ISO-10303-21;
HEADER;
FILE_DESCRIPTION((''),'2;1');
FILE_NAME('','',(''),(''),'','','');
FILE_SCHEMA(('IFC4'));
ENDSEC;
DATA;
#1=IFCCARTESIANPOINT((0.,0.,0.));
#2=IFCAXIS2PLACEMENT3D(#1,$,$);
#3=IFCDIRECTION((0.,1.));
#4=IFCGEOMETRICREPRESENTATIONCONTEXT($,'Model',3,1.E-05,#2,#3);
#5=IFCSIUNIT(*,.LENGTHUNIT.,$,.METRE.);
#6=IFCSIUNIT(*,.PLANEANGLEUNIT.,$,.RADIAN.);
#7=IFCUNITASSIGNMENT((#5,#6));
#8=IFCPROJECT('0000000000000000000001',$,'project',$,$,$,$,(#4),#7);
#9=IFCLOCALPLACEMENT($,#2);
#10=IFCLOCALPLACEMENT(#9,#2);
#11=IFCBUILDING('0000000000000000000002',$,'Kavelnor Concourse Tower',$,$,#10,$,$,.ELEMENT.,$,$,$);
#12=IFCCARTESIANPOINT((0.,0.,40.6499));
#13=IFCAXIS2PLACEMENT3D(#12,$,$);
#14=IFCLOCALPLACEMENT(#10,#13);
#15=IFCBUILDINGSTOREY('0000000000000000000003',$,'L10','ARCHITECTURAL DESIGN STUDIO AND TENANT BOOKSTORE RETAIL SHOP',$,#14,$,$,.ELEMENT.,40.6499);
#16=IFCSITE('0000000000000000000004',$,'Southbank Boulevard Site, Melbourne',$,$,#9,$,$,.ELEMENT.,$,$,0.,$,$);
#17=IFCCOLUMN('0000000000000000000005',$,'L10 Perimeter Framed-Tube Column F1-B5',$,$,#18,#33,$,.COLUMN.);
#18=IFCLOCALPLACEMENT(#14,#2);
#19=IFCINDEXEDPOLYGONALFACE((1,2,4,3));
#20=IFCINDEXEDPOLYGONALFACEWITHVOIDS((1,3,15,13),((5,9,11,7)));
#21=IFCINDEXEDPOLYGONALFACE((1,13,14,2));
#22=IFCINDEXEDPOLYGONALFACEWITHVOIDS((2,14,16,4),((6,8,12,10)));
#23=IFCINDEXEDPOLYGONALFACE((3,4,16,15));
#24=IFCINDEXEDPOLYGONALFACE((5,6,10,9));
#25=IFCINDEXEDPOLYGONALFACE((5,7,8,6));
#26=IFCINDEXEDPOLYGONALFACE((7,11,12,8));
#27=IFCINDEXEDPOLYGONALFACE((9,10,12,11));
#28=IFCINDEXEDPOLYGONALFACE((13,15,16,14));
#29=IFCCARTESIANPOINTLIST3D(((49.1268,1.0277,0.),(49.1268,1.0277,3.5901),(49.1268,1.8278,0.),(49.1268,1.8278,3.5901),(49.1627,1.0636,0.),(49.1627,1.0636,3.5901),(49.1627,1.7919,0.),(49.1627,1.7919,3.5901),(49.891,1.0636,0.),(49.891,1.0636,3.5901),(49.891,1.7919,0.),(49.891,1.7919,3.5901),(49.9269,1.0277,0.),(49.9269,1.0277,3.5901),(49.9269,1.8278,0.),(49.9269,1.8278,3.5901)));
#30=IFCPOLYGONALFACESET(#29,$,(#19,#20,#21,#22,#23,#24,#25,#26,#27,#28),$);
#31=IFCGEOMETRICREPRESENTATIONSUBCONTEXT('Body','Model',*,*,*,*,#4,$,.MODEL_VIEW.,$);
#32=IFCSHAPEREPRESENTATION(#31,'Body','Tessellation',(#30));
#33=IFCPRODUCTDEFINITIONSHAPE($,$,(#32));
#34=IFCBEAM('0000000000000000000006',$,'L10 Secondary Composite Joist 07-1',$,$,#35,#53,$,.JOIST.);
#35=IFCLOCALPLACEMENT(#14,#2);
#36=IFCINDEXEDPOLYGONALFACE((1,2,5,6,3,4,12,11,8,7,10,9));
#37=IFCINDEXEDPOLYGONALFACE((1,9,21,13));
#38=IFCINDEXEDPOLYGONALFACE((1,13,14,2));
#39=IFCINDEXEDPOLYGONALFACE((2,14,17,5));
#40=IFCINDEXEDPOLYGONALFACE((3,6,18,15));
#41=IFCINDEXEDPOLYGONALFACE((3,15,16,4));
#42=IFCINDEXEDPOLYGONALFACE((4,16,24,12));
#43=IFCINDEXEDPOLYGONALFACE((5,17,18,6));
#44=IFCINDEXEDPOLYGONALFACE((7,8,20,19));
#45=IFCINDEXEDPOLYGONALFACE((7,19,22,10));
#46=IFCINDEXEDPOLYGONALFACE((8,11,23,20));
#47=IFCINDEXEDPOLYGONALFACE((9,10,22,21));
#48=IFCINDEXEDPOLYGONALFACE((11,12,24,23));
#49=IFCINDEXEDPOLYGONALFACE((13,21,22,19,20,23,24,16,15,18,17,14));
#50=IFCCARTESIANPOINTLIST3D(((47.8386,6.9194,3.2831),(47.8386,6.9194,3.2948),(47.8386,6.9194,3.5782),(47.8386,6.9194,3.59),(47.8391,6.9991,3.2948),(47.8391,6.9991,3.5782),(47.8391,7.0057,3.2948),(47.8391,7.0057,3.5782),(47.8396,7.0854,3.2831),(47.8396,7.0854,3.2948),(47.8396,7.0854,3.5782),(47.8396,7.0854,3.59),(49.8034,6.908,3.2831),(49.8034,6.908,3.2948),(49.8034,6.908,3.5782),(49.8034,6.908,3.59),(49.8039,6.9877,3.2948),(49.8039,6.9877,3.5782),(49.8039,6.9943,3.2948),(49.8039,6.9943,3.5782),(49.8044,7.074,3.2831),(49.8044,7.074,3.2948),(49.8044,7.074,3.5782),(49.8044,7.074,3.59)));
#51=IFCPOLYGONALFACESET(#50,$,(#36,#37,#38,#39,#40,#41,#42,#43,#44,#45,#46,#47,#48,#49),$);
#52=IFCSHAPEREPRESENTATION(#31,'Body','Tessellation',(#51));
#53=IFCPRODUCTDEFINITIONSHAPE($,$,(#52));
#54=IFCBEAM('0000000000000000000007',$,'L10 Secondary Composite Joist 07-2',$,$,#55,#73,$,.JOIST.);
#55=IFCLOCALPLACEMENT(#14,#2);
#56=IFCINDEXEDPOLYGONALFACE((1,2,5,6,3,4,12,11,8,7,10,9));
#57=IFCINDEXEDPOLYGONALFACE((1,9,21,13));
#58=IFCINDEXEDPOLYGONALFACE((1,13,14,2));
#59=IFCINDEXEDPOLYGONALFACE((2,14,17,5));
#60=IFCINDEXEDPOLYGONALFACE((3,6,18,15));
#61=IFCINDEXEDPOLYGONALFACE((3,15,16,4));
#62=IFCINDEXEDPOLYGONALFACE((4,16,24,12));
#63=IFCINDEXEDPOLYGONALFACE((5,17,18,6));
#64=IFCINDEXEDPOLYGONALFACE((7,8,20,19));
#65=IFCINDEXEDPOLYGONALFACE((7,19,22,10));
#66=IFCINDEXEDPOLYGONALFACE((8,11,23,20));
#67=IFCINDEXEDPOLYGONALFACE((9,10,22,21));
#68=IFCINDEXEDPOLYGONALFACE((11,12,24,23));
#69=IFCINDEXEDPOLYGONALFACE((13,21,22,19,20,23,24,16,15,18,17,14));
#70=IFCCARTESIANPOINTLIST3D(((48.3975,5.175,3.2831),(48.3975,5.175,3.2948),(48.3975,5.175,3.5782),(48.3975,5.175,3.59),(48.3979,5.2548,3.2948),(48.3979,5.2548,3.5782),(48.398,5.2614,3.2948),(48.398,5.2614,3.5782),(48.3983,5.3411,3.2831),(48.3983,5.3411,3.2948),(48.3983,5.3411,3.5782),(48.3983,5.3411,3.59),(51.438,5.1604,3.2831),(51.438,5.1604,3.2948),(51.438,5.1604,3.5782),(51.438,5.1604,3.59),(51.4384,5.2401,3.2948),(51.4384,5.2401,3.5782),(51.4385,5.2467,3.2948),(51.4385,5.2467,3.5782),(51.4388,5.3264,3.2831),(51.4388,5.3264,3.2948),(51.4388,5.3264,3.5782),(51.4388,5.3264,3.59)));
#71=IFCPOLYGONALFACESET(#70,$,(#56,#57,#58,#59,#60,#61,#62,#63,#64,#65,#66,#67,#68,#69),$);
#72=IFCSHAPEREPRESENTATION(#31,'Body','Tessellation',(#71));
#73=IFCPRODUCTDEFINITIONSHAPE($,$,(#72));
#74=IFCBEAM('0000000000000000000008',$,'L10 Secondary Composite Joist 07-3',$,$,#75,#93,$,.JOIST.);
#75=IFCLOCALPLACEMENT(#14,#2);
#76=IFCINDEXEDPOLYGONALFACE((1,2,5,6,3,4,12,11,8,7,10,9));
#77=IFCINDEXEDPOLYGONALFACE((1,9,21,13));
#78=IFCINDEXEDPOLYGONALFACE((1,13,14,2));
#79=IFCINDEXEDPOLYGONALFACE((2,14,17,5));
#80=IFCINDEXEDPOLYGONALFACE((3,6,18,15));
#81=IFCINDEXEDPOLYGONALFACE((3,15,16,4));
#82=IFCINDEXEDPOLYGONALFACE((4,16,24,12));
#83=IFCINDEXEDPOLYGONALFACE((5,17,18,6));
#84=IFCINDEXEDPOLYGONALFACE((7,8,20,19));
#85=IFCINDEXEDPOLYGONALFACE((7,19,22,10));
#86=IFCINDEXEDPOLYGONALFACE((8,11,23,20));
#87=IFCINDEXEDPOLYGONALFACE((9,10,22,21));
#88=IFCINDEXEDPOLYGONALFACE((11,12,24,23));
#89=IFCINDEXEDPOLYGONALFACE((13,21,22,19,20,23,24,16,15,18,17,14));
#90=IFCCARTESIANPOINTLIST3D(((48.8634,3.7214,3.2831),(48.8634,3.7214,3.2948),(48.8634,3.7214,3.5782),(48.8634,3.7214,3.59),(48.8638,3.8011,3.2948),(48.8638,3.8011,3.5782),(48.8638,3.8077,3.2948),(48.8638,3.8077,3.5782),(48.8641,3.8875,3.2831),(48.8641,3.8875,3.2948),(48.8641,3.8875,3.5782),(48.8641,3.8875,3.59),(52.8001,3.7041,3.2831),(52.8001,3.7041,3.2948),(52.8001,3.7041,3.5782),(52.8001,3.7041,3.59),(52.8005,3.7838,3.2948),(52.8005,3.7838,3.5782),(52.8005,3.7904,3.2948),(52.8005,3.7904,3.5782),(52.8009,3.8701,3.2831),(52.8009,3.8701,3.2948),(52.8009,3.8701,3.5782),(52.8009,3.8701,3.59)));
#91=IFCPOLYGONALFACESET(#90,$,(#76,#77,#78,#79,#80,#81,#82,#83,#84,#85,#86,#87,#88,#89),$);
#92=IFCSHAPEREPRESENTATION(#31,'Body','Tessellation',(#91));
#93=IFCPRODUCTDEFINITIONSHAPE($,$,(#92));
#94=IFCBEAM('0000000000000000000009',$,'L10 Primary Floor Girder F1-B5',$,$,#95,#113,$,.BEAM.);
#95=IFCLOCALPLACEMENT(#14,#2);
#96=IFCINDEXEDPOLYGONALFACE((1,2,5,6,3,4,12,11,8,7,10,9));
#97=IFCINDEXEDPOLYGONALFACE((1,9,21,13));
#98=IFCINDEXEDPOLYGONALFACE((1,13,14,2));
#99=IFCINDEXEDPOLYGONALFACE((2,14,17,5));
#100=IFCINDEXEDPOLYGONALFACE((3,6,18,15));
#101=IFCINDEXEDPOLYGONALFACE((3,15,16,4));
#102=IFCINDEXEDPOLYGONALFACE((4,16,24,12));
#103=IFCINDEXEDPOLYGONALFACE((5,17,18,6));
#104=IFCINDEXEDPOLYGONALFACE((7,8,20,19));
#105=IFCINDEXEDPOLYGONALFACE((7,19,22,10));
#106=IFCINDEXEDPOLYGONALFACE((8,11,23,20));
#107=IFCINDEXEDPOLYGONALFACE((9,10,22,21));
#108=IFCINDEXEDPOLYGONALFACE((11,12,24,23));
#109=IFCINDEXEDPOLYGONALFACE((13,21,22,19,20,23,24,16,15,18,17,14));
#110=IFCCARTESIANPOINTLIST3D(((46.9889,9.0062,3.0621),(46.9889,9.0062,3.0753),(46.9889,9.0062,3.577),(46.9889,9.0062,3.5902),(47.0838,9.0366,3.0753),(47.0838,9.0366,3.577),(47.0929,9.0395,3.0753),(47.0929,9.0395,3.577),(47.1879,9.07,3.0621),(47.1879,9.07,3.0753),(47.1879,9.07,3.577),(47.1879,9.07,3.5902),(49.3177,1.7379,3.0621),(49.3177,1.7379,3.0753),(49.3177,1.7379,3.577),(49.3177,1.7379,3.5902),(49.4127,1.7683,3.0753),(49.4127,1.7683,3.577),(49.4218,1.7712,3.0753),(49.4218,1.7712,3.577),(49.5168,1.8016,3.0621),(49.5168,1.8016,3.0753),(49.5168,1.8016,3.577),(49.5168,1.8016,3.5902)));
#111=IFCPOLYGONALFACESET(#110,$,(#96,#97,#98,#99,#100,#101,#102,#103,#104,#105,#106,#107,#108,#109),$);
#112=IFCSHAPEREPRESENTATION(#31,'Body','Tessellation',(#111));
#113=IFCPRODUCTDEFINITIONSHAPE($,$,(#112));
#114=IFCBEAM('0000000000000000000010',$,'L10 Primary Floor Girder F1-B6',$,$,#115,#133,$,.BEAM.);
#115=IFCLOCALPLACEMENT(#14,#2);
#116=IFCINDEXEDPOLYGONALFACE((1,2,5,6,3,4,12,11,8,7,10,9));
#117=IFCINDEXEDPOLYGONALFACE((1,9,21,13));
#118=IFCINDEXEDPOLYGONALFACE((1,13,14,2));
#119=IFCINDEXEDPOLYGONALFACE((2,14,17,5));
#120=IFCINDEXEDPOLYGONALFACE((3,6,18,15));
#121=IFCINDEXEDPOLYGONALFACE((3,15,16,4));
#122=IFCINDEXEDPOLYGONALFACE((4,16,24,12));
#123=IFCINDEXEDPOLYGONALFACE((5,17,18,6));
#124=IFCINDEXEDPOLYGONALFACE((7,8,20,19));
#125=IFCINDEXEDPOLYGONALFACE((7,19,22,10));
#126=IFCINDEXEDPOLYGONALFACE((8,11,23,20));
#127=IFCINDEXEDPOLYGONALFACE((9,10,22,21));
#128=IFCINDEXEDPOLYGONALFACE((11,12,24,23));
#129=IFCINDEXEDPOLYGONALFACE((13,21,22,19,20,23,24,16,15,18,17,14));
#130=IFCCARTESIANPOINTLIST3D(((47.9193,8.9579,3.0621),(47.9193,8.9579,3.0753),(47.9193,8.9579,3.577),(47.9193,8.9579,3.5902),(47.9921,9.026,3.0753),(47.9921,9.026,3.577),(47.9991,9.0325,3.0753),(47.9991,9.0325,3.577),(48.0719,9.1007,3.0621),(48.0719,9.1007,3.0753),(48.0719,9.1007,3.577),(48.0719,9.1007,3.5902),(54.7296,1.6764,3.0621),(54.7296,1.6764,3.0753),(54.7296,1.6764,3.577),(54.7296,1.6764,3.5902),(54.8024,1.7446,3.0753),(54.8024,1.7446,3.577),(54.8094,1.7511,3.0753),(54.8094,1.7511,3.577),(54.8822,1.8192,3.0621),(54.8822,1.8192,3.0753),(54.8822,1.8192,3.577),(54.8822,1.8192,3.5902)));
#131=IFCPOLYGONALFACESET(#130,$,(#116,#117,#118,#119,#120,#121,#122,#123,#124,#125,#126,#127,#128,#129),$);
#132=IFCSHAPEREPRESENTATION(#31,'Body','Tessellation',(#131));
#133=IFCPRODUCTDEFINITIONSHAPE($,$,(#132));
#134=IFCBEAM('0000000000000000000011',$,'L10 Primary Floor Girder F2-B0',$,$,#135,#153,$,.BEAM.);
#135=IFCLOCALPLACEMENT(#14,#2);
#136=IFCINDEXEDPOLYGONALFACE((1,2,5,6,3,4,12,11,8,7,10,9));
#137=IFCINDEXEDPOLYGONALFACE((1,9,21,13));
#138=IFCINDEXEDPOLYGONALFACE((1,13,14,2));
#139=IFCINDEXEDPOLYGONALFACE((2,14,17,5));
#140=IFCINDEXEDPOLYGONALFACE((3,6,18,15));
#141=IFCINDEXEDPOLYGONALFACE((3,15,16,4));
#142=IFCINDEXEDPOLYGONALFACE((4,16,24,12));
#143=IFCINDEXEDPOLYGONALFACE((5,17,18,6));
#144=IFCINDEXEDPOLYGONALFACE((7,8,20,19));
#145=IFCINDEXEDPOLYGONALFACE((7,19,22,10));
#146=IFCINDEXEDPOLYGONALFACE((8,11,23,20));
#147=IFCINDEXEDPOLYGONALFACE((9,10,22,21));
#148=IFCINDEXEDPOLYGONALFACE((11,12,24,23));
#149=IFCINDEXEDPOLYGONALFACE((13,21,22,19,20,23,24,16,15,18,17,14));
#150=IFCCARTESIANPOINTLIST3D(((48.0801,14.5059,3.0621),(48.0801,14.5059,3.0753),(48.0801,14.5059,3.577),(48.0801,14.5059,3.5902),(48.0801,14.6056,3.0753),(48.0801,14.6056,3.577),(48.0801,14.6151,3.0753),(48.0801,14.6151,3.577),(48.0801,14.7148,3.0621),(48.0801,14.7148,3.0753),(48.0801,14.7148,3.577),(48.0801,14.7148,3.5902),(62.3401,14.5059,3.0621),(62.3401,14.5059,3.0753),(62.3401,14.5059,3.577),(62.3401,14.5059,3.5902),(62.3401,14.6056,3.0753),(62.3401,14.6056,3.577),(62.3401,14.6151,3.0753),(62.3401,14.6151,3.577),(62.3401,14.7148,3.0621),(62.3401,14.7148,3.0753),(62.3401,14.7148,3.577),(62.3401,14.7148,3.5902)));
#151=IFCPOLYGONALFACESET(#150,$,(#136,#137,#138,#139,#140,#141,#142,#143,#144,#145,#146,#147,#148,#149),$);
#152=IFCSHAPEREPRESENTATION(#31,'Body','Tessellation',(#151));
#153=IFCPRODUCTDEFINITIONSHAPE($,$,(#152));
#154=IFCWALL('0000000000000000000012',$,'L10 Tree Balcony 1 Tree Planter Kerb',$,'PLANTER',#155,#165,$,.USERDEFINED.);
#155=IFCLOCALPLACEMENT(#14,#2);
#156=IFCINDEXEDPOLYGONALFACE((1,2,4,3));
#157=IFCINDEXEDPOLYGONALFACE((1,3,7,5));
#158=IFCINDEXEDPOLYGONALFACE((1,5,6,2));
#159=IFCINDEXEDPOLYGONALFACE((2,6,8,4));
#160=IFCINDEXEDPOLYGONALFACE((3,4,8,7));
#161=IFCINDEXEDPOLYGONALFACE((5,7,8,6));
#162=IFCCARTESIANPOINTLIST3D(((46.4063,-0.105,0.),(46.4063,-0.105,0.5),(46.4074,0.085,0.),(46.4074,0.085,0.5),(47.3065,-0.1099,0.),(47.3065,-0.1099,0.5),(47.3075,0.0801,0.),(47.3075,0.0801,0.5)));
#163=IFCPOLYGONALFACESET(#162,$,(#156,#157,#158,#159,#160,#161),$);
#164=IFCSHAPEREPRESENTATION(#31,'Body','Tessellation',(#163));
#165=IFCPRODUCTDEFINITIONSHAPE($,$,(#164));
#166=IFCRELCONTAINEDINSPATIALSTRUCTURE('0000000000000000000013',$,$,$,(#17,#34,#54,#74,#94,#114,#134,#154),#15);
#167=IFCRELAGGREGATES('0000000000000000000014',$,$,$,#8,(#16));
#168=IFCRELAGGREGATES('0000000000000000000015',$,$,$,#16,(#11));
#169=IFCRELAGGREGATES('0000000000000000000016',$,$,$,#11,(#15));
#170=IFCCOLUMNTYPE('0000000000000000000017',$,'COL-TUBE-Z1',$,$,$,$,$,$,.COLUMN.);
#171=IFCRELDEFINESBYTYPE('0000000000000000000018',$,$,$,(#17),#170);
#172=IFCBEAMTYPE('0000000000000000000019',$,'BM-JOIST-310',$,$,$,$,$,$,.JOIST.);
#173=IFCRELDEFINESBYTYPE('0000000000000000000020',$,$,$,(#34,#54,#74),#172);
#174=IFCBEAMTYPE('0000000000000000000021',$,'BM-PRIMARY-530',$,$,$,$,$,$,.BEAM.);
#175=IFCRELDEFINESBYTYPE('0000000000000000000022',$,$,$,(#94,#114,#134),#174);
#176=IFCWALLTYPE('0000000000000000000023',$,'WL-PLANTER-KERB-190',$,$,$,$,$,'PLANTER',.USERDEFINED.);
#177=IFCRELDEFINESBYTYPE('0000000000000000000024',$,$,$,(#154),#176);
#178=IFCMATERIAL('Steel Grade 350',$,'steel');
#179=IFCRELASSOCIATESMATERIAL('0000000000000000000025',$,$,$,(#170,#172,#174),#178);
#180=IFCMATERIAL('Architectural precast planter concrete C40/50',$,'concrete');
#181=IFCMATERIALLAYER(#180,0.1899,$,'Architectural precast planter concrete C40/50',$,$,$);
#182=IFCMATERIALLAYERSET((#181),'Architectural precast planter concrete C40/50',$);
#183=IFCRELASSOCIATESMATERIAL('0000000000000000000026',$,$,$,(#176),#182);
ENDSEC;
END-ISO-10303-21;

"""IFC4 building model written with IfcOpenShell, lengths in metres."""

from ifc_helpers import new_model, si_unit, direction, frame, frame_2d, origin, origin_2d, place, context, subcontext, project, spatial, rectangle, hollow_rectangle, i_section, extrude, material, layer, layer_set, material_profile, profile_set, type_object, element, save


model = new_model("IFC4")

# Units and contexts
model_context = context("Model", 3, precision=1e-05, world=origin(), true_north=direction((0.0, 1.0)))
body_context = subcontext(model_context, "Body", "Model", "MODEL_VIEW")
ifc_project = project(units=[si_unit("LENGTHUNIT", "METRE"), si_unit("PLANEANGLEUNIT", "RADIAN")], contexts=[model_context])

# Site, building, storey
site_placement = place(None, origin())
site = spatial("IfcSite", under=ifc_project, at=site_placement, Name="Southbank Boulevard Site, Melbourne", CompositionType="ELEMENT", RefElevation=0.0)
building_placement = place(site_placement, origin())
building = spatial("IfcBuilding", under=site, at=building_placement, Name="Kavelnor Concourse Tower", CompositionType="ELEMENT")
storey_placement = place(building_placement, frame((0.0, 0.0, 40.6499)))
storey = spatial("IfcBuildingStorey", under=building, at=storey_placement, Name="L10", Description="ARCHITECTURAL DESIGN STUDIO AND TENANT BOOKSTORE RETAIL SHOP", CompositionType="ELEMENT", Elevation=40.6499)

# Column
ifc_material_1 = material(Name="Steel Grade 350", Category="steel")
ifc_material_profile_1 = material_profile(ifc_material_1, hollow_rectangle(XDim=0.8, YDim=0.8, WallThickness=0.0359, at=origin_2d()), Name="SHS 800x800x36")
ifc_profile_set_1 = profile_set([ifc_material_profile_1], Name="Steel Grade 350")
column_type = type_object("IfcColumnType", Name="COL-TUBE-Z1", PredefinedType="COLUMN", material=ifc_profile_set_1)
column_placement = place(storey_placement, frame((49.5269, 1.4277, 0.0), z_axis=(0.0, 0.0, 1.0), x_axis=(1.0, 0.0, 0.0)))
element("IfcColumn", 1, at=column_placement, inside=storey, type_object=column_type, Name="L10 Perimeter Framed-Tube Column F1-B5", PredefinedType="COLUMN", context=body_context, shape_type="SweptSolid", body=[
    extrude(hollow_rectangle(XDim=0.8, YDim=0.8, WallThickness=0.0359, at=origin_2d()), origin(), (0.0, 0.0, 1.0), 3.5901),
])

# Beams
ifc_material_profile_2 = material_profile(ifc_material_1, i_section(OverallWidth=0.166, OverallDepth=0.3069, WebThickness=0.0066, FlangeThickness=0.0117, at=origin_2d()), Name="310UB46")
ifc_profile_set_2 = profile_set([ifc_material_profile_2], Name="Steel Grade 350")
beam_type_1 = type_object("IfcBeamType", Name="BM-JOIST-310", PredefinedType="JOIST", material=ifc_profile_set_2)
beam_1_placement = place(storey_placement, frame((47.8391, 7.0024, 3.4365), z_axis=(0.999983, -0.00584, 0.0), x_axis=(0.00584, 0.999983, 0.0)))
element("IfcBeam", 2, at=beam_1_placement, inside=storey, type_object=beam_type_1, Name="L10 Secondary Composite Joist 07-1", PredefinedType="JOIST", context=body_context, shape_type="SweptSolid", body=[
    extrude(i_section(OverallWidth=0.166, OverallDepth=0.3069, WebThickness=0.0066, FlangeThickness=0.0117, at=origin_2d()), origin(), (0.0, 0.0, 1.0), 1.9648),
])
beam_2_placement = place(storey_placement, frame((48.3979, 5.2581, 3.4365), z_axis=(0.999988, -0.004818, 0.0), x_axis=(0.004818, 0.999988, 0.0)))
element("IfcBeam", 3, at=beam_2_placement, inside=storey, type_object=beam_type_1, Name="L10 Secondary Composite Joist 07-2", PredefinedType="JOIST", context=body_context, shape_type="SweptSolid", body=[
    extrude(i_section(OverallWidth=0.166, OverallDepth=0.3069, WebThickness=0.0066, FlangeThickness=0.0117, at=origin_2d()), origin(), (0.0, 0.0, 1.0), 3.0405),
])
beam_3_placement = place(storey_placement, frame((48.8638, 3.8044, 3.4365), z_axis=(0.99999, -0.004403, 0.0), x_axis=(0.004403, 0.99999, 0.0)))
element("IfcBeam", 4, at=beam_3_placement, inside=storey, type_object=beam_type_1, Name="L10 Secondary Composite Joist 07-3", PredefinedType="JOIST", context=body_context, shape_type="SweptSolid", body=[
    extrude(i_section(OverallWidth=0.166, OverallDepth=0.3069, WebThickness=0.0066, FlangeThickness=0.0117, at=origin_2d()), origin(), (0.0, 0.0, 1.0), 3.9368),
])
ifc_material_profile_3 = material_profile(ifc_material_1, i_section(OverallWidth=0.209, OverallDepth=0.5281, WebThickness=0.0095, FlangeThickness=0.0132, at=origin_2d()), Name="530UB82")
ifc_profile_set_3 = profile_set([ifc_material_profile_3], Name="Steel Grade 350")
beam_type_2 = type_object("IfcBeamType", Name="BM-PRIMARY-530", PredefinedType="BEAM", material=ifc_profile_set_3)
beam_4_placement = place(storey_placement, frame((47.0884, 9.0381, 3.3262), z_axis=(0.305132, -0.95231, 0.0), x_axis=(0.95231, 0.305132, 0.0)))
element("IfcBeam", 5, at=beam_4_placement, inside=storey, type_object=beam_type_2, Name="L10 Primary Floor Girder F1-B5", PredefinedType="BEAM", context=body_context, shape_type="SweptSolid", body=[
    extrude(i_section(OverallWidth=0.209, OverallDepth=0.5281, WebThickness=0.0095, FlangeThickness=0.0132, at=origin_2d()), origin(), (0.0, 0.0, 1.0), 7.6323),
])
beam_5_placement = place(storey_placement, frame((47.9956, 9.0293, 3.3262), z_axis=(0.683081, -0.730342, 0.0), x_axis=(0.730342, 0.683081, 0.0)))
element("IfcBeam", 6, at=beam_5_placement, inside=storey, type_object=beam_type_2, Name="L10 Primary Floor Girder F1-B6", PredefinedType="BEAM", context=body_context, shape_type="SweptSolid", body=[
    extrude(i_section(OverallWidth=0.209, OverallDepth=0.5281, WebThickness=0.0095, FlangeThickness=0.0132, at=origin_2d()), origin(), (0.0, 0.0, 1.0), 9.97),
])
beam_6_placement = place(storey_placement, frame((48.0801, 14.6104, 3.3262), z_axis=(1.0, 0.0, 0.0), x_axis=(0.0, 1.0, 0.0)))
element("IfcBeam", 7, at=beam_6_placement, inside=storey, type_object=beam_type_2, Name="L10 Primary Floor Girder F2-B0", PredefinedType="BEAM", context=body_context, shape_type="SweptSolid", body=[
    extrude(i_section(OverallWidth=0.209, OverallDepth=0.5281, WebThickness=0.0095, FlangeThickness=0.0132, at=origin_2d()), origin(), (0.0, 0.0, 1.0), 14.26),
])

# Wall
ifc_material_2 = material(Name="Architectural precast planter concrete C40/50", Category="concrete")
ifc_layer_1 = layer(ifc_material_2, 0.1899, Name="Architectural precast planter concrete C40/50")
ifc_layer_set_1 = layer_set([ifc_layer_1], Name="Architectural precast planter concrete C40/50")
wall_type_1 = type_object("IfcWallType", Name="WL-PLANTER-KERB-190", ElementType="PLANTER", PredefinedType="USERDEFINED", material=ifc_layer_set_1)
wall_1_placement = place(storey_placement, frame((46.4067, -0.01, 0.0), z_axis=(0.0, 0.0, 1.0), x_axis=(0.999985, -0.005424, 0.0)))
element("IfcWall", 8, at=wall_1_placement, inside=storey, type_object=wall_type_1, Name="L10 Tree Balcony 1 Tree Planter Kerb", ObjectType="PLANTER", PredefinedType="USERDEFINED", context=body_context, shape_type="SweptSolid", body=[
    extrude(rectangle(XDim=0.9001, YDim=0.1899, at=frame_2d((0.4502, 0.0))), origin(), (0.0, 0.0, 1.0), 0.5),
])

save(model, "model.ifc")
